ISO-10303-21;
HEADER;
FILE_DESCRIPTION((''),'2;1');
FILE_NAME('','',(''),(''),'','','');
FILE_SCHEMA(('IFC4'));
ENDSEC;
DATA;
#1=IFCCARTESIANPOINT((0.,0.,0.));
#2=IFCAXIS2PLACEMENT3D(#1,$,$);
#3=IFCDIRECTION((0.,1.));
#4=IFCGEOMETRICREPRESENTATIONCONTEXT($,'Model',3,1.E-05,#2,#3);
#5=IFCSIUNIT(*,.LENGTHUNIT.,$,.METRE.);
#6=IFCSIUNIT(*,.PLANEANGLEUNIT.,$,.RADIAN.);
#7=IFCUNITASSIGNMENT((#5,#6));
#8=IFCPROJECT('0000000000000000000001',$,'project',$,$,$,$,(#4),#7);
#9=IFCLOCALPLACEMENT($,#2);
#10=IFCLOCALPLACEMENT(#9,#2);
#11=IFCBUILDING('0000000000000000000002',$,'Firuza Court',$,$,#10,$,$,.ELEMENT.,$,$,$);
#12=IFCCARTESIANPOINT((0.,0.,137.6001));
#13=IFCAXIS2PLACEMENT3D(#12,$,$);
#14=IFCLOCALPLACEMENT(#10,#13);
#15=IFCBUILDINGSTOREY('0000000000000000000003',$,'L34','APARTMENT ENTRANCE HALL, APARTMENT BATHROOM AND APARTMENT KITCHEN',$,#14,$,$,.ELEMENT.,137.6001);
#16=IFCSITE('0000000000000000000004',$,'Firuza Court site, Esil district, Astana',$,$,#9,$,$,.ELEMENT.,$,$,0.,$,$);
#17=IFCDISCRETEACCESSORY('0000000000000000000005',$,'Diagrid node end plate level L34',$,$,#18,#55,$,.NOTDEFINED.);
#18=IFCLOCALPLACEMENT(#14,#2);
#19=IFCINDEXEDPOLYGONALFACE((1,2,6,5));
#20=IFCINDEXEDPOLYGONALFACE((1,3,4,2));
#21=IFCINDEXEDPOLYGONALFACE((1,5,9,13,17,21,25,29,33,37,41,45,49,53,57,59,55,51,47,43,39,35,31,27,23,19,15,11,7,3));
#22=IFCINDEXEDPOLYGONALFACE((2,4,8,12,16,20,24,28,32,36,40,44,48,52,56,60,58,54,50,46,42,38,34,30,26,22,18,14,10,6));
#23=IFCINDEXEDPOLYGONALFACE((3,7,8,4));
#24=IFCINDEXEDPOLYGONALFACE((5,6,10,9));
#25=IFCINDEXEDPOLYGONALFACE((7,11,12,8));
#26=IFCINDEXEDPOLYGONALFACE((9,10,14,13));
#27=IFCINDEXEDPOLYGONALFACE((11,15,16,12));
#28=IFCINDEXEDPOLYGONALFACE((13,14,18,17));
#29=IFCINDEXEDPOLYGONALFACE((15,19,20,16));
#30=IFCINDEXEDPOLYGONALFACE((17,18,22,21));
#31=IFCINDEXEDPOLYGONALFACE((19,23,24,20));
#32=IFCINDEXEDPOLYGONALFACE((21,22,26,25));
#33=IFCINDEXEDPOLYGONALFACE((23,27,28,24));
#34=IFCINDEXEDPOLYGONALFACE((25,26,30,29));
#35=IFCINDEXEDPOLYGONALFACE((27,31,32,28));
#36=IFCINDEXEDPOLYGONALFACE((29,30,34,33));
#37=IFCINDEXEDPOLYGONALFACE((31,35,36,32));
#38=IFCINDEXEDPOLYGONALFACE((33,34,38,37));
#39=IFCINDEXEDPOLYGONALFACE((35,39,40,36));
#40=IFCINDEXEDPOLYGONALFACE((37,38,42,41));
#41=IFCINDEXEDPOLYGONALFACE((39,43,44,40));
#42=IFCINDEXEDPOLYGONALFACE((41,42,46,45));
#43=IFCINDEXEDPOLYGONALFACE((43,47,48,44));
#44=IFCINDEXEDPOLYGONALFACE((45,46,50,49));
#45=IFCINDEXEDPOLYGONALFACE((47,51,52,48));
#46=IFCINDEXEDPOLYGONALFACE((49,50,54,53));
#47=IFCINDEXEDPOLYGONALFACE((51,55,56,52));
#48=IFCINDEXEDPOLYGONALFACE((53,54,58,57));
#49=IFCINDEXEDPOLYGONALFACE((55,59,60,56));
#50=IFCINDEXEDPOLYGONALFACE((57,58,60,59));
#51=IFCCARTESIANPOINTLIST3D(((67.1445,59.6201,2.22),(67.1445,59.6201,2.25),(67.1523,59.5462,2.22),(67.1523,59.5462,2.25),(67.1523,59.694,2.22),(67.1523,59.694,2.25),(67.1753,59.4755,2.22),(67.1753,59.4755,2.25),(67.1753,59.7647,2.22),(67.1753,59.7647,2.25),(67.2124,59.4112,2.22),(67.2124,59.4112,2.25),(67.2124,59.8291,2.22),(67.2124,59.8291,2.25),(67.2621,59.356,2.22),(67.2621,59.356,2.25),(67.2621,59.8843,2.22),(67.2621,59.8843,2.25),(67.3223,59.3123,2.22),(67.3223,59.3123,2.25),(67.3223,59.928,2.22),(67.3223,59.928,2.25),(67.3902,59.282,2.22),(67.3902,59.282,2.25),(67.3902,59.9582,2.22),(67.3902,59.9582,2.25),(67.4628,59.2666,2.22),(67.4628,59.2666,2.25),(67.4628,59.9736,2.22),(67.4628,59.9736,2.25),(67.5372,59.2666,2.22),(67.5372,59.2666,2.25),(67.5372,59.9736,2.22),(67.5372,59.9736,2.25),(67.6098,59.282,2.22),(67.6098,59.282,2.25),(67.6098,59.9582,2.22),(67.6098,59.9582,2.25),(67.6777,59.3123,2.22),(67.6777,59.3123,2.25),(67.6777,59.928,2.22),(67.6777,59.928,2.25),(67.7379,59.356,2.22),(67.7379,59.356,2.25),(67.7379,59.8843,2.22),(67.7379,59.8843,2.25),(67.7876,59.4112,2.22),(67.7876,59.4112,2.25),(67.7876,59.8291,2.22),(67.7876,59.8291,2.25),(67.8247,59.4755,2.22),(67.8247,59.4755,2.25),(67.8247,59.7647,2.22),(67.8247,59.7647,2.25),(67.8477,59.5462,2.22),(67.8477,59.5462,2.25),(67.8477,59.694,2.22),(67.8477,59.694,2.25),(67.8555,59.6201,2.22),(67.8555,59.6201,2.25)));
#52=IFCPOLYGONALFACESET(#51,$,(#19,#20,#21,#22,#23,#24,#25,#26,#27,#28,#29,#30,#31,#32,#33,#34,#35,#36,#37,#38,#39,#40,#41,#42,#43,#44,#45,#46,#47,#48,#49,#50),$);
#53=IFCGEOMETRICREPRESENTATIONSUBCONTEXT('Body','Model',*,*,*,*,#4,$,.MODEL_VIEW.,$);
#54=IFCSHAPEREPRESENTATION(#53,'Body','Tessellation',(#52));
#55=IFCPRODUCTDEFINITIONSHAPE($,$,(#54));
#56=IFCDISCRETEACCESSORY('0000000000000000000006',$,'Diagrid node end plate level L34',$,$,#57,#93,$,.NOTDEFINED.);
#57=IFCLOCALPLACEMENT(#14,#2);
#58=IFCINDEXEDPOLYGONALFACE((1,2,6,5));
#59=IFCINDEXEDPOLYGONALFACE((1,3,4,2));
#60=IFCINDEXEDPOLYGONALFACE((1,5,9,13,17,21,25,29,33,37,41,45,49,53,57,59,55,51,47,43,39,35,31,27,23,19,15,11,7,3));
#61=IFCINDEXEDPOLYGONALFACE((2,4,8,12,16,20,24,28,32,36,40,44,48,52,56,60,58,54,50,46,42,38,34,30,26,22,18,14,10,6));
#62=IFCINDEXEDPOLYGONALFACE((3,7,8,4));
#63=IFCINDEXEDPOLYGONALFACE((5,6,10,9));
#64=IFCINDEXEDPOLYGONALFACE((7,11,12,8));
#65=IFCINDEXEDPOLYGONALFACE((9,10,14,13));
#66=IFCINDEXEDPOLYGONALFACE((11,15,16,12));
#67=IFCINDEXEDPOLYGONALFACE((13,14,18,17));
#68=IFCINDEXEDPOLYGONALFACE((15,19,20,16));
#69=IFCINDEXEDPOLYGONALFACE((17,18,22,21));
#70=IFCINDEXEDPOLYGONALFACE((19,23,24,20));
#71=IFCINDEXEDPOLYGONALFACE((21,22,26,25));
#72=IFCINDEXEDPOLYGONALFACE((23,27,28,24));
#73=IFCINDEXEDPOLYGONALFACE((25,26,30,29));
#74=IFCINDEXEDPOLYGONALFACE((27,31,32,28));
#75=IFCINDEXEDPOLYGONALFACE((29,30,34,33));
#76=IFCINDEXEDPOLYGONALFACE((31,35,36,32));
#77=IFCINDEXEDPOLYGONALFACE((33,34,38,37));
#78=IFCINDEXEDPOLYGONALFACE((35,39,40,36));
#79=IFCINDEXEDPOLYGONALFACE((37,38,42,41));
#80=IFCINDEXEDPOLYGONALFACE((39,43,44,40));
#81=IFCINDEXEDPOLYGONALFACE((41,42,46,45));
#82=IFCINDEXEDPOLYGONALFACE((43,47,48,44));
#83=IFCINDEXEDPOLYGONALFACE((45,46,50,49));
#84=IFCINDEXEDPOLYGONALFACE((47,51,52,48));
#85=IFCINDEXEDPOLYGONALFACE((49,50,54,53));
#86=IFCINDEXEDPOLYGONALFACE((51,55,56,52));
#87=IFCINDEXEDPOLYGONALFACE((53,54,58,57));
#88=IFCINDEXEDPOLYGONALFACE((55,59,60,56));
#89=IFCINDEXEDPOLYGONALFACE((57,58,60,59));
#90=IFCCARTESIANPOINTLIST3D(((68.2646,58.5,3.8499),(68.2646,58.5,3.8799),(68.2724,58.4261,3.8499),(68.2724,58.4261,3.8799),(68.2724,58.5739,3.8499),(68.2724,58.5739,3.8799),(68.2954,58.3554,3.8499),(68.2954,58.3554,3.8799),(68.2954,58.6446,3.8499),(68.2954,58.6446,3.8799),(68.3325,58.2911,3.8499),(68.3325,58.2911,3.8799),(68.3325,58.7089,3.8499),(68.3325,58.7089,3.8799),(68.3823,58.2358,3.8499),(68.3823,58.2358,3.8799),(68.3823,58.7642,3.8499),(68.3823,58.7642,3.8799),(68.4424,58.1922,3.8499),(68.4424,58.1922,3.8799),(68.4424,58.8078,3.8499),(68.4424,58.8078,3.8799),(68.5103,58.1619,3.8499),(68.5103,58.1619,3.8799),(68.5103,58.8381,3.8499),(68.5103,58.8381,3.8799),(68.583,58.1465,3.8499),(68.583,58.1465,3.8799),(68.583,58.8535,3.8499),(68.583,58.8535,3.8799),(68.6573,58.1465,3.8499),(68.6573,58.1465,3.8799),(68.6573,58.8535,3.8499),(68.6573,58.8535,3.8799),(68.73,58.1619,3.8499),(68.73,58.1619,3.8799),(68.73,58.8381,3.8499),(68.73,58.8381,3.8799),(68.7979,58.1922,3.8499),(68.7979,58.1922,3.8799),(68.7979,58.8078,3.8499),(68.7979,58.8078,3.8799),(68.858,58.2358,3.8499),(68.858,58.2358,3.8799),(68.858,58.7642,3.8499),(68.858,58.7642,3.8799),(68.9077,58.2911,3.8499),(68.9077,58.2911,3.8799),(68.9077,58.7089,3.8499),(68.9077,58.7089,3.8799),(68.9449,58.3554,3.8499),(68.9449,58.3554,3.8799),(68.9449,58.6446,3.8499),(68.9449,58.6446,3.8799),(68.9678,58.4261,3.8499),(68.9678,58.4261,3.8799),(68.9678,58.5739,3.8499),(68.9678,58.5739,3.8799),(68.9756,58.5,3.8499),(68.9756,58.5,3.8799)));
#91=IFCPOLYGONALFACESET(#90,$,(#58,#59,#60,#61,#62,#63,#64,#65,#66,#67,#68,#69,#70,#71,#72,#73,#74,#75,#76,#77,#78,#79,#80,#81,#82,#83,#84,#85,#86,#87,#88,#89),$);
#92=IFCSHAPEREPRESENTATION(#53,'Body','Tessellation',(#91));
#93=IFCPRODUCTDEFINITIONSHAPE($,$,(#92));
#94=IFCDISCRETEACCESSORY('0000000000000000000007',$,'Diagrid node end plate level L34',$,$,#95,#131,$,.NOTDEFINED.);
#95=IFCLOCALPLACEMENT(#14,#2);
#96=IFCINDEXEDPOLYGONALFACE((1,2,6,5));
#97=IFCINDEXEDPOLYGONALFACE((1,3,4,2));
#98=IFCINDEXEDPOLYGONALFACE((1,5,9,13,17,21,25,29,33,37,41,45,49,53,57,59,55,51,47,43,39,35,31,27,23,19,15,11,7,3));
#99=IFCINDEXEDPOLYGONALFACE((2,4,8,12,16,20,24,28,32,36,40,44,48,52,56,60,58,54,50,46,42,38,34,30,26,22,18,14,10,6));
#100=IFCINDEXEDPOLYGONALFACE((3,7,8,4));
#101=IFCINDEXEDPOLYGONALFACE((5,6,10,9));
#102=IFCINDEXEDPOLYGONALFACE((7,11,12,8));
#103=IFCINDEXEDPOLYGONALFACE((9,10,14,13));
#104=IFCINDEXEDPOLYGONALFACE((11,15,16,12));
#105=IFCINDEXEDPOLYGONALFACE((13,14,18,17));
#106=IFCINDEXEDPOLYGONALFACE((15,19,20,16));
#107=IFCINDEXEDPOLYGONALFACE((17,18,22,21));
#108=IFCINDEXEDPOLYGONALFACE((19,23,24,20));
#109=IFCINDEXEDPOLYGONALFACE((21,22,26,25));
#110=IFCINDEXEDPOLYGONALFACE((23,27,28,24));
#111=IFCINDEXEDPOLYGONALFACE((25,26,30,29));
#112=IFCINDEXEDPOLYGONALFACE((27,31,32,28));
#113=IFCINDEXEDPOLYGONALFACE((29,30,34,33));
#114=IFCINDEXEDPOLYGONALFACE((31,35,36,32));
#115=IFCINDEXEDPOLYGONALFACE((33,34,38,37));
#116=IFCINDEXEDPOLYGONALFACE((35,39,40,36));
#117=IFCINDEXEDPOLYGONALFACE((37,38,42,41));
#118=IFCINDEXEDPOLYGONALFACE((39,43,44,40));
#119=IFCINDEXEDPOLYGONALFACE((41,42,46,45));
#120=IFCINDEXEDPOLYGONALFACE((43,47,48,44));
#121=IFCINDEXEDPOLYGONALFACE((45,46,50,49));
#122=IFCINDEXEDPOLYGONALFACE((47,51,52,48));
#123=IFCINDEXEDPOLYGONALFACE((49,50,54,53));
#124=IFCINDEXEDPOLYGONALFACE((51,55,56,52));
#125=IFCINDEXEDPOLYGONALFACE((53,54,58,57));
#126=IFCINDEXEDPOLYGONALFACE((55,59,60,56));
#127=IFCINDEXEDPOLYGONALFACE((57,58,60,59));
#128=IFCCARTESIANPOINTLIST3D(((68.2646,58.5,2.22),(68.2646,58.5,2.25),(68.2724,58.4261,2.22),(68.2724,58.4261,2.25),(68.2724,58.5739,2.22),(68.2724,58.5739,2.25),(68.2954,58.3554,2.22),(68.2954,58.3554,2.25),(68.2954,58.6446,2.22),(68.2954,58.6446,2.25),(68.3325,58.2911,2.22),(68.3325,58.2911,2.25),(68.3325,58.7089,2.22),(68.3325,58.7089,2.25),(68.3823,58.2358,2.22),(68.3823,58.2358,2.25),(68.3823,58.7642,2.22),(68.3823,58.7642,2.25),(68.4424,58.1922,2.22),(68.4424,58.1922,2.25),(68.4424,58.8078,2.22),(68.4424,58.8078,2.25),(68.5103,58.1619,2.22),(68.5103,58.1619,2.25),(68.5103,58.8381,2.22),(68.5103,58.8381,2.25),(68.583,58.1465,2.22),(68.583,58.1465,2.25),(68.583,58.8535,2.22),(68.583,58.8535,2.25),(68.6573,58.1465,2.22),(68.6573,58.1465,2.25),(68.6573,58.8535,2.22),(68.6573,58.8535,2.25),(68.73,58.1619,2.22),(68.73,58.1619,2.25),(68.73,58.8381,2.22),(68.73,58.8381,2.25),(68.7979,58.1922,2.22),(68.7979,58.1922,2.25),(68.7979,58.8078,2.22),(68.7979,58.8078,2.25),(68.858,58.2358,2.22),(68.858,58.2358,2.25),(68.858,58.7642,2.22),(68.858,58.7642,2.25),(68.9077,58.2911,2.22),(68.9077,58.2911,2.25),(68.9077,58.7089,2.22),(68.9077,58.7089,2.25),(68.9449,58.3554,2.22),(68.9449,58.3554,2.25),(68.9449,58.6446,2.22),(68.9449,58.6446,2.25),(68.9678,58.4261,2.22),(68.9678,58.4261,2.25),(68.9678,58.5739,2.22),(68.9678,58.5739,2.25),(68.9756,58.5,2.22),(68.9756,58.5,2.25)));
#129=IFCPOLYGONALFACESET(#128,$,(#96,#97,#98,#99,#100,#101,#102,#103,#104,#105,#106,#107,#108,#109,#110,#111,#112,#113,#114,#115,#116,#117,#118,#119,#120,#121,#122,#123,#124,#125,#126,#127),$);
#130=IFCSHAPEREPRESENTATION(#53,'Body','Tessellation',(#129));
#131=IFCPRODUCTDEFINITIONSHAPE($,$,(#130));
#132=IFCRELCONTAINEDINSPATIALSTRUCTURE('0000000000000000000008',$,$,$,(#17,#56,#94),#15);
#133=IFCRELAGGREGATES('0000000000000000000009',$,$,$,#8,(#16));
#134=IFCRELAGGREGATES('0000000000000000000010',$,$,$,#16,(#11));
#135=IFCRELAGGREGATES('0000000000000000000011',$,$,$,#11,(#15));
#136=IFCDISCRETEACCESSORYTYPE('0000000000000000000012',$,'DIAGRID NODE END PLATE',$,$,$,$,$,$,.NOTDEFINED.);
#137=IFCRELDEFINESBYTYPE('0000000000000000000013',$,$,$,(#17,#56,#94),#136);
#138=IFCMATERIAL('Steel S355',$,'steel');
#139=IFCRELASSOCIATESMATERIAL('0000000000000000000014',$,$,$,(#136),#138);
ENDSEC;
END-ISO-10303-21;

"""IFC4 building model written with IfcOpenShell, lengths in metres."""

from ifc_helpers import new_model, si_unit, direction, frame, origin, origin_2d, place, context, subcontext, project, spatial, circle, extrude, material, material_profile, profile_set, type_object, element, save


model = new_model("IFC4")

# Units and contexts
model_context = context("Model", 3, precision=1e-05, world=origin(), true_north=direction((0.0, 1.0)))
body_context = subcontext(model_context, "Body", "Model", "MODEL_VIEW")
ifc_project = project(units=[si_unit("LENGTHUNIT", "METRE"), si_unit("PLANEANGLEUNIT", "RADIAN")], contexts=[model_context])

# Site, building, storey
site_placement = place(None, origin())
site = spatial("IfcSite", under=ifc_project, at=site_placement, Name="Firuza Court site, Esil district, Astana", CompositionType="ELEMENT", RefElevation=0.0)
building_placement = place(site_placement, origin())
building = spatial("IfcBuilding", under=site, at=building_placement, Name="Firuza Court", CompositionType="ELEMENT")
storey_placement = place(building_placement, frame((0.0, 0.0, 137.6001)))
storey = spatial("IfcBuildingStorey", under=building, at=storey_placement, Name="L34", Description="APARTMENT ENTRANCE HALL, APARTMENT BATHROOM AND APARTMENT KITCHEN", CompositionType="ELEMENT", Elevation=137.6001)

# Discrete accessories
ifc_material_1 = material(Name="Steel S355", Category="steel")
ifc_material_profile_1 = material_profile(ifc_material_1, circle(Radius=0.3555, at=origin_2d()), Name="PL D711")
ifc_profile_set_1 = profile_set([ifc_material_profile_1], Name="Steel S355")
discrete_accessory_type = type_object("IfcDiscreteAccessoryType", Name="DIAGRID NODE END PLATE", PredefinedType="NOTDEFINED", material=ifc_profile_set_1)
for number, where, z_axis, x_axis, name in (
    (1, (67.5, 59.6201, 2.22), (0.0, 0.0, 1.0), (1.0, 0.0, 0.0), "Diagrid node end plate level L34"),
    (2, (68.6201, 58.5, 3.8499), (0.0, 0.0, 1.0), (1.0, 0.0, 0.0), "Diagrid node end plate level L34"),
    (3, (68.6201, 58.5, 2.22), (0.0, 0.0, 1.0), (1.0, 0.0, 0.0), "Diagrid node end plate level L34"),
):
    element("IfcDiscreteAccessory", number, at=place(storey_placement, frame(where, z_axis=z_axis, x_axis=x_axis)), inside=storey, type_object=discrete_accessory_type, Name=name, PredefinedType="NOTDEFINED", context=body_context, shape_type="SweptSolid", body=[
        extrude(circle(Radius=0.3555, at=origin_2d()), origin(), (0.0, 0.0, 1.0), 0.03),
    ])

save(model, "model.ifc")
